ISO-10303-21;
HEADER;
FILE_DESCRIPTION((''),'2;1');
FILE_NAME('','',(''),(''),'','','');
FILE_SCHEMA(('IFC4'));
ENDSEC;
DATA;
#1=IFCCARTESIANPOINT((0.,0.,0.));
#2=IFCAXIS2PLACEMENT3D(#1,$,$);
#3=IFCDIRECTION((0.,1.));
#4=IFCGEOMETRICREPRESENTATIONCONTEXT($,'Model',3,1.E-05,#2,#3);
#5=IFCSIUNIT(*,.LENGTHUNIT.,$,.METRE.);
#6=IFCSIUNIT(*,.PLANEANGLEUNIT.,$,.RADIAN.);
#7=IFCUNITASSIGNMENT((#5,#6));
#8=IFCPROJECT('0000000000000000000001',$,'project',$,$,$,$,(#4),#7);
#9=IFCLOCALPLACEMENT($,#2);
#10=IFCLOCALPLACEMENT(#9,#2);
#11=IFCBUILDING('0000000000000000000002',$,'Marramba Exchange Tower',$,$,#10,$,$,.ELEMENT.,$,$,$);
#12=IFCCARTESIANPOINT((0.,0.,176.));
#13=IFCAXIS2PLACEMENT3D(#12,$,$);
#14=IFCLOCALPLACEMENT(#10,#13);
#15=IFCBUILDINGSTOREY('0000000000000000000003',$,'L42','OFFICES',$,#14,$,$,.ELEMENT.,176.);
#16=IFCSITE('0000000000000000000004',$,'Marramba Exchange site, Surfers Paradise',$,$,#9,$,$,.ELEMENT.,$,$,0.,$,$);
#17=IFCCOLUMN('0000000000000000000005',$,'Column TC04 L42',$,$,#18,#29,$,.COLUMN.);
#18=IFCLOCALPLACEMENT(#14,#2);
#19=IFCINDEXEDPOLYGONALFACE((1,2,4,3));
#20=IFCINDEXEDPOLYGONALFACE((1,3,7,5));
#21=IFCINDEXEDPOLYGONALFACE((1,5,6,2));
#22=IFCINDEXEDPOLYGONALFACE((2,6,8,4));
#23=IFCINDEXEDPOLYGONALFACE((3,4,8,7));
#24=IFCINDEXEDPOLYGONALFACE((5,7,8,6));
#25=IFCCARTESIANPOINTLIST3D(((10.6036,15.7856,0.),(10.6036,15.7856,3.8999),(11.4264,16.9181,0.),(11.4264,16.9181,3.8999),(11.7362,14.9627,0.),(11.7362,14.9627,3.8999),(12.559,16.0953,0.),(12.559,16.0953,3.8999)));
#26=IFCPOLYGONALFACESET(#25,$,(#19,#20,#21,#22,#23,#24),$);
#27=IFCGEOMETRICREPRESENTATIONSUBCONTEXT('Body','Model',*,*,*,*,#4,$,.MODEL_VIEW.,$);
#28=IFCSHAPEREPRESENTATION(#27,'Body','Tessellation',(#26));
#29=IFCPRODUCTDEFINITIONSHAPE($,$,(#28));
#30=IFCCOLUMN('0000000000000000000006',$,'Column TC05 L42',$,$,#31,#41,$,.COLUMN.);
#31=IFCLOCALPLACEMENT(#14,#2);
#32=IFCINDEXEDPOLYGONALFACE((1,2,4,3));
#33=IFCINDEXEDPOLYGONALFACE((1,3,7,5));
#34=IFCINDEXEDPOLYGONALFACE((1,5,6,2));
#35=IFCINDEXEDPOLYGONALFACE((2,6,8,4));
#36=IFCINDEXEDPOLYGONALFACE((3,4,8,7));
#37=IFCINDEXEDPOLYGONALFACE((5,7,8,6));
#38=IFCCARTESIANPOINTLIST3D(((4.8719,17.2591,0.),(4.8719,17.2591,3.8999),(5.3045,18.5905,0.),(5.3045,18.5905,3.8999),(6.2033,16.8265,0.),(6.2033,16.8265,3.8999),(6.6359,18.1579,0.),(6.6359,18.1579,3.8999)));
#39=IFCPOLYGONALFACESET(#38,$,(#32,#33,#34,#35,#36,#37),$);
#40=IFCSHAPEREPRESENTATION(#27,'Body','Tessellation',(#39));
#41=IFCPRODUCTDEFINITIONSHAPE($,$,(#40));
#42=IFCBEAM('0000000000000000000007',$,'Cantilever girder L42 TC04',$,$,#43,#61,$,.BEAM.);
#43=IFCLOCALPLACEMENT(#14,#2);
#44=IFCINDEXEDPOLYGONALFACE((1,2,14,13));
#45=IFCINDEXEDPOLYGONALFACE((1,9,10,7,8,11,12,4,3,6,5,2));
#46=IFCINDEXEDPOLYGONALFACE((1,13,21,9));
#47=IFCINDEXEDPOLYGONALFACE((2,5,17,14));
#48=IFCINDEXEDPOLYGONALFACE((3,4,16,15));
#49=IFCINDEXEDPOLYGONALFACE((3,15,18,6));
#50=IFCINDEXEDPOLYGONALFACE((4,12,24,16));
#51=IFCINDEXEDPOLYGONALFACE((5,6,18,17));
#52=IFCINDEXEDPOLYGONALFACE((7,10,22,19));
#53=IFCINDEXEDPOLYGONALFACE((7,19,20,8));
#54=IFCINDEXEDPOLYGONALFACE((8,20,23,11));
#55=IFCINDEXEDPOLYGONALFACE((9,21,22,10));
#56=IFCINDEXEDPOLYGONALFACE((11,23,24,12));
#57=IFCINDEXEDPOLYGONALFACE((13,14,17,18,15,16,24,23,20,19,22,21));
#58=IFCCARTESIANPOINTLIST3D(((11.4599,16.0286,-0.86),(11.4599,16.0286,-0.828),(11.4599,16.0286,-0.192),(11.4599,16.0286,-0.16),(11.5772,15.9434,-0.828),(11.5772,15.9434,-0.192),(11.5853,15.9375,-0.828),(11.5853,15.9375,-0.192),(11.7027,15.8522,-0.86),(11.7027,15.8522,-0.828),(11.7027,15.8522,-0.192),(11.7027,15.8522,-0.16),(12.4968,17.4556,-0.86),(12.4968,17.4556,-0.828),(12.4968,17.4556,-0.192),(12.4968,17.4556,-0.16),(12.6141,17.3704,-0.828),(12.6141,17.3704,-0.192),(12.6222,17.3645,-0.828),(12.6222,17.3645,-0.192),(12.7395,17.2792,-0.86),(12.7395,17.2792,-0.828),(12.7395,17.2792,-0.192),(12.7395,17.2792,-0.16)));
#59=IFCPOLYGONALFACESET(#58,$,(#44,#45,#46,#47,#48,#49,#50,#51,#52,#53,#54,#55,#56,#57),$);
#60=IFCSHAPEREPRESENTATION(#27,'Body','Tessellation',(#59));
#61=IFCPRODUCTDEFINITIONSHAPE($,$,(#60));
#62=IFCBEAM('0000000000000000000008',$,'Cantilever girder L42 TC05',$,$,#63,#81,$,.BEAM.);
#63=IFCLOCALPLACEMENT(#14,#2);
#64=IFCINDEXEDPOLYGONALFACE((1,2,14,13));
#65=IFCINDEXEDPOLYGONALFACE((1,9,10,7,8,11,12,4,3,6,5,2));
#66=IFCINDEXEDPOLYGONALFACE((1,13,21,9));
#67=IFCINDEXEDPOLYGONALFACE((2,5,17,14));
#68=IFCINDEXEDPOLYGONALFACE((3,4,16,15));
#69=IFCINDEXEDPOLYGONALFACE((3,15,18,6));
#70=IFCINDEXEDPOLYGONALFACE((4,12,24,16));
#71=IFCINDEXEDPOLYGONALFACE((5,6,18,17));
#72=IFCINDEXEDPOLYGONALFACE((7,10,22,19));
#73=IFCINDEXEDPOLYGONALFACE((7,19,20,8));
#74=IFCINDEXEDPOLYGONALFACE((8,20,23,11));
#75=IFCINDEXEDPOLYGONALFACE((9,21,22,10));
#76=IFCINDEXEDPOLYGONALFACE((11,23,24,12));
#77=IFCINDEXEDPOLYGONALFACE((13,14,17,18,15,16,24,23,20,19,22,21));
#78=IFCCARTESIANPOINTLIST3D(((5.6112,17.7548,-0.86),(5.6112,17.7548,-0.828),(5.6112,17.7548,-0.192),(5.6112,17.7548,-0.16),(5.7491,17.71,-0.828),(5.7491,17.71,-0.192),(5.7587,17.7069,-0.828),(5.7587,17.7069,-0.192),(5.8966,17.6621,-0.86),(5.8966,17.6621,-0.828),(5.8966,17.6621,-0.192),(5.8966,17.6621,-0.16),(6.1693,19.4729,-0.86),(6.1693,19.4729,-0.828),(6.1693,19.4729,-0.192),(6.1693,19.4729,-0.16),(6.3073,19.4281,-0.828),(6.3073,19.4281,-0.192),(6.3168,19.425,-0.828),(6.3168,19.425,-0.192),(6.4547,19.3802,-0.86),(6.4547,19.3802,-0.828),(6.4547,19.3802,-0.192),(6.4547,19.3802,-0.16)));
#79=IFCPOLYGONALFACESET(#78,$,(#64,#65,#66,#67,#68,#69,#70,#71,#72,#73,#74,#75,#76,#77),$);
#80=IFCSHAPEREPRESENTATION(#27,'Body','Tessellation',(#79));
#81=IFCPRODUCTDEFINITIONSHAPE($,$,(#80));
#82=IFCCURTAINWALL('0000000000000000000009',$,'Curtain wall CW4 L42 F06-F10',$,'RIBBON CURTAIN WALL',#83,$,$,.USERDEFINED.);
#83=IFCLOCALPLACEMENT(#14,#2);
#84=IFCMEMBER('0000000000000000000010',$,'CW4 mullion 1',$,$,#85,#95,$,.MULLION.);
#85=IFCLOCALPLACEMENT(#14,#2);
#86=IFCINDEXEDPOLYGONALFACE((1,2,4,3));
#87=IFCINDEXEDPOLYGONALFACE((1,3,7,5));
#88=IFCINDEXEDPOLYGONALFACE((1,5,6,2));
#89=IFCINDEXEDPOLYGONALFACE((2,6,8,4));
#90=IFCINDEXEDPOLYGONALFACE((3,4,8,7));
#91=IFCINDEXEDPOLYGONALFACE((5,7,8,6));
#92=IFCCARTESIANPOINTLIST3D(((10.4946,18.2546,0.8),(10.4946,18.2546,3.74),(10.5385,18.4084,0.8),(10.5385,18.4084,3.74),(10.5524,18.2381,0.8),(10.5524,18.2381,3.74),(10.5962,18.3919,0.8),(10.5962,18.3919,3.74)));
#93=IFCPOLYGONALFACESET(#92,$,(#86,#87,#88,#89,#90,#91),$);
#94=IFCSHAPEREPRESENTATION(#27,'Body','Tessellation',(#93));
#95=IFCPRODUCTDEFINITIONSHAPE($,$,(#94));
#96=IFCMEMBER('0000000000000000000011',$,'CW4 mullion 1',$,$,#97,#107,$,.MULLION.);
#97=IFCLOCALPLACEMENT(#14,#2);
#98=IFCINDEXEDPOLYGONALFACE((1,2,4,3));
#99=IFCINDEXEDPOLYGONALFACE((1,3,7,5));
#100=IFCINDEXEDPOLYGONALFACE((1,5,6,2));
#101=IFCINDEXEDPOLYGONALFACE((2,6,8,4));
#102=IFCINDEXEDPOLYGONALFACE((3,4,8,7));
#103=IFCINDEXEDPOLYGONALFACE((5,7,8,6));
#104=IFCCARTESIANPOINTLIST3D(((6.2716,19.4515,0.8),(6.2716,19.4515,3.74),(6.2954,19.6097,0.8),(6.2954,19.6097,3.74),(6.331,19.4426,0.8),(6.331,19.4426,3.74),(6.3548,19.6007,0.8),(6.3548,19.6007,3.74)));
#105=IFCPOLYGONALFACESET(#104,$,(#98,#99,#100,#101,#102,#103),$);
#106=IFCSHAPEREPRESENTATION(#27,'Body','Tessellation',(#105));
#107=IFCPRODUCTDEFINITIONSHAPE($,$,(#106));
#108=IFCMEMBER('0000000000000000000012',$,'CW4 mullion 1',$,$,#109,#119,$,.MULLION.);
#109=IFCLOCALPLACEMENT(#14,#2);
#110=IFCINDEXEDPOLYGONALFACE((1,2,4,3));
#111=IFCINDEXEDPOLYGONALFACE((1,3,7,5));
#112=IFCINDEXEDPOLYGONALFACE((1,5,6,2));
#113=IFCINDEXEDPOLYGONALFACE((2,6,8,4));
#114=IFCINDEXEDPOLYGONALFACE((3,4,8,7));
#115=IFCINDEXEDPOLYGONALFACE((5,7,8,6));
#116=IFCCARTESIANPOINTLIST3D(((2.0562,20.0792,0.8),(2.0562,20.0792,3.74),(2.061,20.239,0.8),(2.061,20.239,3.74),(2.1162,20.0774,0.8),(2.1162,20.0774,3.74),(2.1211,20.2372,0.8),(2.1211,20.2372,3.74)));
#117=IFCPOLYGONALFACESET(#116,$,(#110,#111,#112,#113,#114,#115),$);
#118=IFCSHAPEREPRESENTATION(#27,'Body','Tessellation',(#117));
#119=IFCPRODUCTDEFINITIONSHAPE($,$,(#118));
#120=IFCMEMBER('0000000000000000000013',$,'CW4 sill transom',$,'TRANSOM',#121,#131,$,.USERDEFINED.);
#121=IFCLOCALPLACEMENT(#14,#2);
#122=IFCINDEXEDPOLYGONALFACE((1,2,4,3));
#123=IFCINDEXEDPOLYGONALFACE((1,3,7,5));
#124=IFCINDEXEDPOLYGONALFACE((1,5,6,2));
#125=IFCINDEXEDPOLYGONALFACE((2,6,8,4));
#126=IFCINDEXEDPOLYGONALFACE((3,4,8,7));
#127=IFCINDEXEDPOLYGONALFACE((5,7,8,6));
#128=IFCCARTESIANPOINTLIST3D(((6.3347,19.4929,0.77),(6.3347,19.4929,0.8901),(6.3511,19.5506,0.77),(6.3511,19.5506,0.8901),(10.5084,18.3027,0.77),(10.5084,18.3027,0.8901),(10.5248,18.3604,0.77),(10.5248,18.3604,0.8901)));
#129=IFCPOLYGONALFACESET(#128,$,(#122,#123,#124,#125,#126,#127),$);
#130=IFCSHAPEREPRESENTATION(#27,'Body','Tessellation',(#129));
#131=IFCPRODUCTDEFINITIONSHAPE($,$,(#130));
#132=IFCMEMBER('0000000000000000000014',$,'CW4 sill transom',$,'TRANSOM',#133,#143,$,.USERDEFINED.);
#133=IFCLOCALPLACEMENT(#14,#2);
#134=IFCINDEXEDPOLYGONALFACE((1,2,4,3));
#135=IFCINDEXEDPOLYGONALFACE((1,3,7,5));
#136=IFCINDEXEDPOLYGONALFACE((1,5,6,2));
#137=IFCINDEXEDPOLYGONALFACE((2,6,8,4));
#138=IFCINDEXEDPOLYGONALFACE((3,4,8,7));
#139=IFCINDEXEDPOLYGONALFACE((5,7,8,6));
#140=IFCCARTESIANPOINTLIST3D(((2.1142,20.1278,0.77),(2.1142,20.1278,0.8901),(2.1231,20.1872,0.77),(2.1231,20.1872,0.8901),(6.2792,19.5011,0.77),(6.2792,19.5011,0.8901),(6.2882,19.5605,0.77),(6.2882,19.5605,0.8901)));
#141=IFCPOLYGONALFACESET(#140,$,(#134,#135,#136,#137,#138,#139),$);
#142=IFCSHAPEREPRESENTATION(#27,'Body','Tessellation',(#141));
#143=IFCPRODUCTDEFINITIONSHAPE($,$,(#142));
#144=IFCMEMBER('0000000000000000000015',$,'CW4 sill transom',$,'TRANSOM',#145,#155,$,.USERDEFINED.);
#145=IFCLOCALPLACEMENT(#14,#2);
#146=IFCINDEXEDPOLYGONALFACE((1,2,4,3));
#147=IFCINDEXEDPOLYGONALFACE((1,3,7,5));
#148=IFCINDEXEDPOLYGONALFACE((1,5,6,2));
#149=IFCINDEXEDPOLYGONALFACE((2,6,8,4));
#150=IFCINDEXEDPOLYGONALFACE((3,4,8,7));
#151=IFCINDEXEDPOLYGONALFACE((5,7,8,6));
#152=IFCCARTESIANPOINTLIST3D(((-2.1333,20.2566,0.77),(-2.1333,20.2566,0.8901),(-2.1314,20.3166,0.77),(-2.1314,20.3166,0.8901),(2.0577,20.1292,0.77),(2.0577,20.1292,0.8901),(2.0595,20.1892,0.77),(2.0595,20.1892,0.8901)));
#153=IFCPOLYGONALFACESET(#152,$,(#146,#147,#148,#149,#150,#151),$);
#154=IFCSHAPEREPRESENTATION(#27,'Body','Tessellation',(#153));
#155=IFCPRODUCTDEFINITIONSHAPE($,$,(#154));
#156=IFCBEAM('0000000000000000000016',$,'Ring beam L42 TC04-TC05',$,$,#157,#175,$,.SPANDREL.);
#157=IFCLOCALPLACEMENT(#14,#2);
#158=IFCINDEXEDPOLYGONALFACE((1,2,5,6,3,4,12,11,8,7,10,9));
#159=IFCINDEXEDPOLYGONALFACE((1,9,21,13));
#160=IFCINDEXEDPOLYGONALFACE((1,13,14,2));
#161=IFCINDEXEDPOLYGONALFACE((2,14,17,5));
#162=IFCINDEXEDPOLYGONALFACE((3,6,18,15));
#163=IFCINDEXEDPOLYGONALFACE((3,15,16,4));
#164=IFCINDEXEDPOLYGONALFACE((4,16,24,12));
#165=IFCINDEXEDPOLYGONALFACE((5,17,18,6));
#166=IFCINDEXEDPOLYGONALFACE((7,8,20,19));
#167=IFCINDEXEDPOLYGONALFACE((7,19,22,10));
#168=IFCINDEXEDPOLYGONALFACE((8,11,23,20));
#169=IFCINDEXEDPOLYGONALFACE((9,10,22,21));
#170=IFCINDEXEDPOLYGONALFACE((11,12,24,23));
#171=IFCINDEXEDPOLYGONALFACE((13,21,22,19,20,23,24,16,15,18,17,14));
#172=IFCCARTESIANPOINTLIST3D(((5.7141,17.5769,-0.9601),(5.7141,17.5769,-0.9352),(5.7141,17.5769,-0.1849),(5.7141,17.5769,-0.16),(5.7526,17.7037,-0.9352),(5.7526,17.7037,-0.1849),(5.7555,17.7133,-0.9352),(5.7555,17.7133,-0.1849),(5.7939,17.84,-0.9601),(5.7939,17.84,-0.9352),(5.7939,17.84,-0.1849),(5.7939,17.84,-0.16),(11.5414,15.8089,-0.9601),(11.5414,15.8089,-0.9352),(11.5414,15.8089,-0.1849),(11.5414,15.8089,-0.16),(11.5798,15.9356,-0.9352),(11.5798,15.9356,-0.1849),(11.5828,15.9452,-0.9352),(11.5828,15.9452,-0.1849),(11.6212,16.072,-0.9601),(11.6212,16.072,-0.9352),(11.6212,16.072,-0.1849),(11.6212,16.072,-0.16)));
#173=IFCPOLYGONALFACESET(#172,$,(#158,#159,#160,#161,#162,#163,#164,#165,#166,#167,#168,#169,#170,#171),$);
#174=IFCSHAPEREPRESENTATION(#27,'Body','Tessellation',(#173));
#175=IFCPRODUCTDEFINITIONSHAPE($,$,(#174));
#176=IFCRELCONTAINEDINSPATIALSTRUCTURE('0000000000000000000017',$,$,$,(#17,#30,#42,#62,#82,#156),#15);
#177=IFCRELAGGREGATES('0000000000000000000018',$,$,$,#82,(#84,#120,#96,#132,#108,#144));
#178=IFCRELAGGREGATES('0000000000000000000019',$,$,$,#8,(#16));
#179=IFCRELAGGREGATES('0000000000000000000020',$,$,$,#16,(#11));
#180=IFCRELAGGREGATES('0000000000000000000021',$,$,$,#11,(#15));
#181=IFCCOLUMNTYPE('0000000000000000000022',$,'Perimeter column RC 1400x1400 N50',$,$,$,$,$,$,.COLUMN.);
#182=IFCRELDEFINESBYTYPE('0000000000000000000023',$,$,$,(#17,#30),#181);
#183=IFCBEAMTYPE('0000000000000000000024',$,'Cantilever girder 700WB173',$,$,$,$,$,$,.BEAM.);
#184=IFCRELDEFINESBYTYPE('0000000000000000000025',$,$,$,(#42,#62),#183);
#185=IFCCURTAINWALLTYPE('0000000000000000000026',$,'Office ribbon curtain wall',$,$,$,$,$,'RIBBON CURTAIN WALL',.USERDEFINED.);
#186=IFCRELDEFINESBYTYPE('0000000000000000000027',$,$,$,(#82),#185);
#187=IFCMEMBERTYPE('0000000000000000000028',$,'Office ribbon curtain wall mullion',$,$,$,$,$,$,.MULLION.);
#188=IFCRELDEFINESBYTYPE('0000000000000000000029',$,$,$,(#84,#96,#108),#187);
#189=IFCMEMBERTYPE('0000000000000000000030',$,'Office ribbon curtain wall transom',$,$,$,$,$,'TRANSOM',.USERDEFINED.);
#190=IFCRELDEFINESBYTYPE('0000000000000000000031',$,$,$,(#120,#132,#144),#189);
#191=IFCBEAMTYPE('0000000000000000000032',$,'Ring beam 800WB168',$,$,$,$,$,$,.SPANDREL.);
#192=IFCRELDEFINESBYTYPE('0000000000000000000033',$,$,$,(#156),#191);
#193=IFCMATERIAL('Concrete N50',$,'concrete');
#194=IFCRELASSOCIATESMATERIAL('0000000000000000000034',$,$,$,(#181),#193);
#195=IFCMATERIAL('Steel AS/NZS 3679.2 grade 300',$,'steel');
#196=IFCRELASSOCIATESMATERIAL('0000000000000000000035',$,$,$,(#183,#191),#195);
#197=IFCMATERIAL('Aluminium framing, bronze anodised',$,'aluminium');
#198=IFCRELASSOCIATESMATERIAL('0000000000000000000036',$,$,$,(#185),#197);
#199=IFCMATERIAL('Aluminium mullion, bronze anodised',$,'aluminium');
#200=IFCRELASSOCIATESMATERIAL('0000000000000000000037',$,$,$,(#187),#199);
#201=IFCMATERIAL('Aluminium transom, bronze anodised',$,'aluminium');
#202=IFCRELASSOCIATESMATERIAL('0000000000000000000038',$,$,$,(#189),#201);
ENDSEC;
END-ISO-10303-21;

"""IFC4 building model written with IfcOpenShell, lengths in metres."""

from ifc_helpers import new_model, si_unit, direction, frame, origin, origin_2d, place, context, subcontext, project, spatial, rectangle, i_section, extrude, material, material_profile, profile_set, type_object, element, aggregate, save


model = new_model("IFC4")

# Units and contexts
model_context = context("Model", 3, precision=1e-05, world=origin(), true_north=direction((0.0, 1.0)))
body_context = subcontext(model_context, "Body", "Model", "MODEL_VIEW")
ifc_project = project(units=[si_unit("LENGTHUNIT", "METRE"), si_unit("PLANEANGLEUNIT", "RADIAN")], contexts=[model_context])

# Site, building, storey
site_placement = place(None, origin())
site = spatial("IfcSite", under=ifc_project, at=site_placement, Name="Marramba Exchange site, Surfers Paradise", CompositionType="ELEMENT", RefElevation=0.0)
building_placement = place(site_placement, origin())
building = spatial("IfcBuilding", under=site, at=building_placement, Name="Marramba Exchange Tower", CompositionType="ELEMENT")
storey_placement = place(building_placement, frame((0.0, 0.0, 176.0)))
storey = spatial("IfcBuildingStorey", under=building, at=storey_placement, Name="L42", Description="OFFICES", CompositionType="ELEMENT", Elevation=176.0)

# Columns
ifc_material_1 = material(Name="Concrete N50", Category="concrete")
ifc_material_profile_1 = material_profile(ifc_material_1, rectangle(XDim=1.3999, YDim=1.3999, at=origin_2d()), Name="RC 1400x1400")
ifc_profile_set_1 = profile_set([ifc_material_profile_1], Name="Concrete N50")
column_type = type_object("IfcColumnType", Name="Perimeter column RC 1400x1400 N50", PredefinedType="COLUMN", material=ifc_profile_set_1)
for number, where, z_axis, x_axis, name in (
    (1, (11.5813, 15.9404, 0.0), (0.0, 0.0, 1.0), (0.587785, 0.809017, 0.0), "Column TC04 L42"),
    (2, (5.7539, 17.7085, 0.0), (0.0, 0.0, 1.0), (0.309017, 0.951057, 0.0), "Column TC05 L42"),
):
    element("IfcColumn", number, at=place(storey_placement, frame(where, z_axis=z_axis, x_axis=x_axis)), inside=storey, type_object=column_type, Name=name, PredefinedType="COLUMN", context=body_context, shape_type="SweptSolid", body=[
        extrude(rectangle(XDim=1.3999, YDim=1.3999, at=origin_2d()), origin(), (0.0, 0.0, 1.0), 3.8999),
    ])

# Beams
ifc_material_2 = material(Name="Steel AS/NZS 3679.2 grade 300", Category="steel")
ifc_material_profile_2 = material_profile(ifc_material_2, i_section(OverallWidth=0.3, OverallDepth=0.7, WebThickness=0.01, FlangeThickness=0.032, at=origin_2d()), Name="700WB173")
ifc_profile_set_2 = profile_set([ifc_material_profile_2], Name="Steel AS/NZS 3679.2 grade 300")
beam_type_1 = type_object("IfcBeamType", Name="Cantilever girder 700WB173", PredefinedType="BEAM", material=ifc_profile_set_2)
beam_1_placement = place(storey_placement, frame((11.5813, 15.9404, -0.51), z_axis=(0.587818, 0.808993, 0.0), x_axis=(-0.808993, 0.587818, 0.0)))
element("IfcBeam", 3, at=beam_1_placement, inside=storey, type_object=beam_type_1, Name="Cantilever girder L42 TC04", PredefinedType="BEAM", context=body_context, shape_type="SweptSolid", body=[
    extrude(i_section(OverallWidth=0.3, OverallDepth=0.7, WebThickness=0.01, FlangeThickness=0.032, at=origin_2d()), origin(), (0.0, 0.0, 1.0), 1.7639),
])
beam_2_placement = place(storey_placement, frame((5.7539, 17.7085, -0.51), z_axis=(0.308961, 0.951075, 0.0), x_axis=(-0.951075, 0.308961, 0.0)))
element("IfcBeam", 4, at=beam_2_placement, inside=storey, type_object=beam_type_1, Name="Cantilever girder L42 TC05", PredefinedType="BEAM", context=body_context, shape_type="SweptSolid", body=[
    extrude(i_section(OverallWidth=0.3, OverallDepth=0.7, WebThickness=0.01, FlangeThickness=0.032, at=origin_2d()), origin(), (0.0, 0.0, 1.0), 1.8064),
])

# Curtain wall, members
ifc_material_3 = material(Name="Aluminium framing, bronze anodised", Category="aluminium")
curtain_wall_type = type_object("IfcCurtainWallType", Name="Office ribbon curtain wall", ElementType="RIBBON CURTAIN WALL", PredefinedType="USERDEFINED", material=ifc_material_3)
curtain_wall_1_placement = place(storey_placement, origin())
curtain_wall_1 = element("IfcCurtainWall", 5, at=curtain_wall_1_placement, inside=storey, type_object=curtain_wall_type, Name="Curtain wall CW4 L42 F06-F10", ObjectType="RIBBON CURTAIN WALL", PredefinedType="USERDEFINED")
ifc_material_4 = material(Name="Aluminium mullion, bronze anodised", Category="aluminium")
ifc_material_profile_3 = material_profile(ifc_material_4, rectangle(XDim=0.1599, YDim=0.0601, at=origin_2d()), Name="CW4 mullion 60x160")
ifc_profile_set_3 = profile_set([ifc_material_profile_3], Name="Aluminium mullion, bronze anodised")
member_type_1 = type_object("IfcMemberType", Name="Office ribbon curtain wall mullion", PredefinedType="MULLION", material=ifc_profile_set_3)
member_1_placement = place(storey_placement, frame((10.5454, 18.3232, 0.8), z_axis=(0.0, 0.0, 1.0), x_axis=(-0.274248, -0.961659, 0.0)))
member_1 = element("IfcMember", 6, at=member_1_placement, type_object=member_type_1, Name="CW4 mullion 1", PredefinedType="MULLION", context=body_context, shape_type="SweptSolid", body=[
    extrude(rectangle(XDim=0.1599, YDim=0.0601, at=origin_2d()), origin(), (0.0, 0.0, 1.0), 2.9399),
])
member_2_placement = place(storey_placement, frame((6.3132, 19.5261, 0.8), z_axis=(0.0, 0.0, 1.0), x_axis=(-0.148795, -0.988868, 0.0)))
member_2 = element("IfcMember", 7, at=member_2_placement, type_object=member_type_1, Name="CW4 mullion 1", PredefinedType="MULLION", context=body_context, shape_type="SweptSolid", body=[
    extrude(rectangle(XDim=0.1599, YDim=0.0601, at=origin_2d()), origin(), (0.0, 0.0, 1.0), 2.9399),
])
member_3_placement = place(storey_placement, frame((2.0886, 20.1582, 0.8), z_axis=(0.0, 0.0, 1.0), x_axis=(-0.030394, -0.999538, 0.0)))
member_3 = element("IfcMember", 8, at=member_3_placement, type_object=member_type_1, Name="CW4 mullion 1", PredefinedType="MULLION", context=body_context, shape_type="SweptSolid", body=[
    extrude(rectangle(XDim=0.1599, YDim=0.0601, at=origin_2d()), origin(), (0.0, 0.0, 1.0), 2.9399),
])
ifc_material_5 = material(Name="Aluminium transom, bronze anodised", Category="aluminium")
ifc_material_profile_4 = material_profile(ifc_material_5, rectangle(XDim=0.0601, YDim=0.1201, at=origin_2d()), Name="CW4 transom 60x120")
ifc_profile_set_4 = profile_set([ifc_material_profile_4], Name="Aluminium transom, bronze anodised")
member_type_2 = type_object("IfcMemberType", Name="Office ribbon curtain wall transom", ElementType="TRANSOM", PredefinedType="USERDEFINED", material=ifc_profile_set_4)
member_4_placement = place(storey_placement, frame((10.5166, 18.3315, 0.8301), z_axis=(-0.961662, 0.274238, 0.0), x_axis=(-0.274238, -0.961662, 0.0)))
member_4 = element("IfcMember", 9, at=member_4_placement, type_object=member_type_2, Name="CW4 sill transom", ObjectType="TRANSOM", PredefinedType="USERDEFINED", context=body_context, shape_type="SweptSolid", body=[
    extrude(rectangle(XDim=0.0601, YDim=0.1201, at=origin_2d()), origin(), (0.0, 0.0, 1.0), 4.3401),
])
member_5_placement = place(storey_placement, frame((6.2837, 19.5308, 0.8301), z_axis=(-0.988868, 0.148794, 0.0), x_axis=(-0.148794, -0.988868, 0.0)))
member_5 = element("IfcMember", 10, at=member_5_placement, type_object=member_type_2, Name="CW4 sill transom", ObjectType="TRANSOM", PredefinedType="USERDEFINED", context=body_context, shape_type="SweptSolid", body=[
    extrude(rectangle(XDim=0.0601, YDim=0.1201, at=origin_2d()), origin(), (0.0, 0.0, 1.0), 4.2119),
])
member_6_placement = place(storey_placement, frame((2.0586, 20.1592, 0.8301), z_axis=(-0.999538, 0.030395, 0.0), x_axis=(-0.030395, -0.999538, 0.0)))
member_6 = element("IfcMember", 11, at=member_6_placement, type_object=member_type_2, Name="CW4 sill transom", ObjectType="TRANSOM", PredefinedType="USERDEFINED", context=body_context, shape_type="SweptSolid", body=[
    extrude(rectangle(XDim=0.0601, YDim=0.1201, at=origin_2d()), origin(), (0.0, 0.0, 1.0), 4.1929),
])

# Beam
ifc_material_profile_5 = material_profile(ifc_material_2, i_section(OverallWidth=0.2749, OverallDepth=0.8, WebThickness=0.01, FlangeThickness=0.0249, at=origin_2d()), Name="800WB168")
ifc_profile_set_5 = profile_set([ifc_material_profile_5], Name="Steel AS/NZS 3679.2 grade 300")
beam_type_2 = type_object("IfcBeamType", Name="Ring beam 800WB168", PredefinedType="SPANDREL", material=ifc_profile_set_5)
beam_3_placement = place(storey_placement, frame((11.5813, 15.9404, -0.5601), z_axis=(-0.956925, 0.290337, 0.0), x_axis=(-0.290337, -0.956925, 0.0)))
element("IfcBeam", 12, at=beam_3_placement, inside=storey, type_object=beam_type_2, Name="Ring beam L42 TC04-TC05", PredefinedType="SPANDREL", context=body_context, shape_type="SweptSolid", body=[
    extrude(i_section(OverallWidth=0.2749, OverallDepth=0.8, WebThickness=0.01, FlangeThickness=0.0249, at=origin_2d()), origin(), (0.0, 0.0, 1.0), 6.0896),
])

aggregate(curtain_wall_1, [member_1, member_4, member_2, member_5, member_3, member_6])

save(model, "model.ifc")
